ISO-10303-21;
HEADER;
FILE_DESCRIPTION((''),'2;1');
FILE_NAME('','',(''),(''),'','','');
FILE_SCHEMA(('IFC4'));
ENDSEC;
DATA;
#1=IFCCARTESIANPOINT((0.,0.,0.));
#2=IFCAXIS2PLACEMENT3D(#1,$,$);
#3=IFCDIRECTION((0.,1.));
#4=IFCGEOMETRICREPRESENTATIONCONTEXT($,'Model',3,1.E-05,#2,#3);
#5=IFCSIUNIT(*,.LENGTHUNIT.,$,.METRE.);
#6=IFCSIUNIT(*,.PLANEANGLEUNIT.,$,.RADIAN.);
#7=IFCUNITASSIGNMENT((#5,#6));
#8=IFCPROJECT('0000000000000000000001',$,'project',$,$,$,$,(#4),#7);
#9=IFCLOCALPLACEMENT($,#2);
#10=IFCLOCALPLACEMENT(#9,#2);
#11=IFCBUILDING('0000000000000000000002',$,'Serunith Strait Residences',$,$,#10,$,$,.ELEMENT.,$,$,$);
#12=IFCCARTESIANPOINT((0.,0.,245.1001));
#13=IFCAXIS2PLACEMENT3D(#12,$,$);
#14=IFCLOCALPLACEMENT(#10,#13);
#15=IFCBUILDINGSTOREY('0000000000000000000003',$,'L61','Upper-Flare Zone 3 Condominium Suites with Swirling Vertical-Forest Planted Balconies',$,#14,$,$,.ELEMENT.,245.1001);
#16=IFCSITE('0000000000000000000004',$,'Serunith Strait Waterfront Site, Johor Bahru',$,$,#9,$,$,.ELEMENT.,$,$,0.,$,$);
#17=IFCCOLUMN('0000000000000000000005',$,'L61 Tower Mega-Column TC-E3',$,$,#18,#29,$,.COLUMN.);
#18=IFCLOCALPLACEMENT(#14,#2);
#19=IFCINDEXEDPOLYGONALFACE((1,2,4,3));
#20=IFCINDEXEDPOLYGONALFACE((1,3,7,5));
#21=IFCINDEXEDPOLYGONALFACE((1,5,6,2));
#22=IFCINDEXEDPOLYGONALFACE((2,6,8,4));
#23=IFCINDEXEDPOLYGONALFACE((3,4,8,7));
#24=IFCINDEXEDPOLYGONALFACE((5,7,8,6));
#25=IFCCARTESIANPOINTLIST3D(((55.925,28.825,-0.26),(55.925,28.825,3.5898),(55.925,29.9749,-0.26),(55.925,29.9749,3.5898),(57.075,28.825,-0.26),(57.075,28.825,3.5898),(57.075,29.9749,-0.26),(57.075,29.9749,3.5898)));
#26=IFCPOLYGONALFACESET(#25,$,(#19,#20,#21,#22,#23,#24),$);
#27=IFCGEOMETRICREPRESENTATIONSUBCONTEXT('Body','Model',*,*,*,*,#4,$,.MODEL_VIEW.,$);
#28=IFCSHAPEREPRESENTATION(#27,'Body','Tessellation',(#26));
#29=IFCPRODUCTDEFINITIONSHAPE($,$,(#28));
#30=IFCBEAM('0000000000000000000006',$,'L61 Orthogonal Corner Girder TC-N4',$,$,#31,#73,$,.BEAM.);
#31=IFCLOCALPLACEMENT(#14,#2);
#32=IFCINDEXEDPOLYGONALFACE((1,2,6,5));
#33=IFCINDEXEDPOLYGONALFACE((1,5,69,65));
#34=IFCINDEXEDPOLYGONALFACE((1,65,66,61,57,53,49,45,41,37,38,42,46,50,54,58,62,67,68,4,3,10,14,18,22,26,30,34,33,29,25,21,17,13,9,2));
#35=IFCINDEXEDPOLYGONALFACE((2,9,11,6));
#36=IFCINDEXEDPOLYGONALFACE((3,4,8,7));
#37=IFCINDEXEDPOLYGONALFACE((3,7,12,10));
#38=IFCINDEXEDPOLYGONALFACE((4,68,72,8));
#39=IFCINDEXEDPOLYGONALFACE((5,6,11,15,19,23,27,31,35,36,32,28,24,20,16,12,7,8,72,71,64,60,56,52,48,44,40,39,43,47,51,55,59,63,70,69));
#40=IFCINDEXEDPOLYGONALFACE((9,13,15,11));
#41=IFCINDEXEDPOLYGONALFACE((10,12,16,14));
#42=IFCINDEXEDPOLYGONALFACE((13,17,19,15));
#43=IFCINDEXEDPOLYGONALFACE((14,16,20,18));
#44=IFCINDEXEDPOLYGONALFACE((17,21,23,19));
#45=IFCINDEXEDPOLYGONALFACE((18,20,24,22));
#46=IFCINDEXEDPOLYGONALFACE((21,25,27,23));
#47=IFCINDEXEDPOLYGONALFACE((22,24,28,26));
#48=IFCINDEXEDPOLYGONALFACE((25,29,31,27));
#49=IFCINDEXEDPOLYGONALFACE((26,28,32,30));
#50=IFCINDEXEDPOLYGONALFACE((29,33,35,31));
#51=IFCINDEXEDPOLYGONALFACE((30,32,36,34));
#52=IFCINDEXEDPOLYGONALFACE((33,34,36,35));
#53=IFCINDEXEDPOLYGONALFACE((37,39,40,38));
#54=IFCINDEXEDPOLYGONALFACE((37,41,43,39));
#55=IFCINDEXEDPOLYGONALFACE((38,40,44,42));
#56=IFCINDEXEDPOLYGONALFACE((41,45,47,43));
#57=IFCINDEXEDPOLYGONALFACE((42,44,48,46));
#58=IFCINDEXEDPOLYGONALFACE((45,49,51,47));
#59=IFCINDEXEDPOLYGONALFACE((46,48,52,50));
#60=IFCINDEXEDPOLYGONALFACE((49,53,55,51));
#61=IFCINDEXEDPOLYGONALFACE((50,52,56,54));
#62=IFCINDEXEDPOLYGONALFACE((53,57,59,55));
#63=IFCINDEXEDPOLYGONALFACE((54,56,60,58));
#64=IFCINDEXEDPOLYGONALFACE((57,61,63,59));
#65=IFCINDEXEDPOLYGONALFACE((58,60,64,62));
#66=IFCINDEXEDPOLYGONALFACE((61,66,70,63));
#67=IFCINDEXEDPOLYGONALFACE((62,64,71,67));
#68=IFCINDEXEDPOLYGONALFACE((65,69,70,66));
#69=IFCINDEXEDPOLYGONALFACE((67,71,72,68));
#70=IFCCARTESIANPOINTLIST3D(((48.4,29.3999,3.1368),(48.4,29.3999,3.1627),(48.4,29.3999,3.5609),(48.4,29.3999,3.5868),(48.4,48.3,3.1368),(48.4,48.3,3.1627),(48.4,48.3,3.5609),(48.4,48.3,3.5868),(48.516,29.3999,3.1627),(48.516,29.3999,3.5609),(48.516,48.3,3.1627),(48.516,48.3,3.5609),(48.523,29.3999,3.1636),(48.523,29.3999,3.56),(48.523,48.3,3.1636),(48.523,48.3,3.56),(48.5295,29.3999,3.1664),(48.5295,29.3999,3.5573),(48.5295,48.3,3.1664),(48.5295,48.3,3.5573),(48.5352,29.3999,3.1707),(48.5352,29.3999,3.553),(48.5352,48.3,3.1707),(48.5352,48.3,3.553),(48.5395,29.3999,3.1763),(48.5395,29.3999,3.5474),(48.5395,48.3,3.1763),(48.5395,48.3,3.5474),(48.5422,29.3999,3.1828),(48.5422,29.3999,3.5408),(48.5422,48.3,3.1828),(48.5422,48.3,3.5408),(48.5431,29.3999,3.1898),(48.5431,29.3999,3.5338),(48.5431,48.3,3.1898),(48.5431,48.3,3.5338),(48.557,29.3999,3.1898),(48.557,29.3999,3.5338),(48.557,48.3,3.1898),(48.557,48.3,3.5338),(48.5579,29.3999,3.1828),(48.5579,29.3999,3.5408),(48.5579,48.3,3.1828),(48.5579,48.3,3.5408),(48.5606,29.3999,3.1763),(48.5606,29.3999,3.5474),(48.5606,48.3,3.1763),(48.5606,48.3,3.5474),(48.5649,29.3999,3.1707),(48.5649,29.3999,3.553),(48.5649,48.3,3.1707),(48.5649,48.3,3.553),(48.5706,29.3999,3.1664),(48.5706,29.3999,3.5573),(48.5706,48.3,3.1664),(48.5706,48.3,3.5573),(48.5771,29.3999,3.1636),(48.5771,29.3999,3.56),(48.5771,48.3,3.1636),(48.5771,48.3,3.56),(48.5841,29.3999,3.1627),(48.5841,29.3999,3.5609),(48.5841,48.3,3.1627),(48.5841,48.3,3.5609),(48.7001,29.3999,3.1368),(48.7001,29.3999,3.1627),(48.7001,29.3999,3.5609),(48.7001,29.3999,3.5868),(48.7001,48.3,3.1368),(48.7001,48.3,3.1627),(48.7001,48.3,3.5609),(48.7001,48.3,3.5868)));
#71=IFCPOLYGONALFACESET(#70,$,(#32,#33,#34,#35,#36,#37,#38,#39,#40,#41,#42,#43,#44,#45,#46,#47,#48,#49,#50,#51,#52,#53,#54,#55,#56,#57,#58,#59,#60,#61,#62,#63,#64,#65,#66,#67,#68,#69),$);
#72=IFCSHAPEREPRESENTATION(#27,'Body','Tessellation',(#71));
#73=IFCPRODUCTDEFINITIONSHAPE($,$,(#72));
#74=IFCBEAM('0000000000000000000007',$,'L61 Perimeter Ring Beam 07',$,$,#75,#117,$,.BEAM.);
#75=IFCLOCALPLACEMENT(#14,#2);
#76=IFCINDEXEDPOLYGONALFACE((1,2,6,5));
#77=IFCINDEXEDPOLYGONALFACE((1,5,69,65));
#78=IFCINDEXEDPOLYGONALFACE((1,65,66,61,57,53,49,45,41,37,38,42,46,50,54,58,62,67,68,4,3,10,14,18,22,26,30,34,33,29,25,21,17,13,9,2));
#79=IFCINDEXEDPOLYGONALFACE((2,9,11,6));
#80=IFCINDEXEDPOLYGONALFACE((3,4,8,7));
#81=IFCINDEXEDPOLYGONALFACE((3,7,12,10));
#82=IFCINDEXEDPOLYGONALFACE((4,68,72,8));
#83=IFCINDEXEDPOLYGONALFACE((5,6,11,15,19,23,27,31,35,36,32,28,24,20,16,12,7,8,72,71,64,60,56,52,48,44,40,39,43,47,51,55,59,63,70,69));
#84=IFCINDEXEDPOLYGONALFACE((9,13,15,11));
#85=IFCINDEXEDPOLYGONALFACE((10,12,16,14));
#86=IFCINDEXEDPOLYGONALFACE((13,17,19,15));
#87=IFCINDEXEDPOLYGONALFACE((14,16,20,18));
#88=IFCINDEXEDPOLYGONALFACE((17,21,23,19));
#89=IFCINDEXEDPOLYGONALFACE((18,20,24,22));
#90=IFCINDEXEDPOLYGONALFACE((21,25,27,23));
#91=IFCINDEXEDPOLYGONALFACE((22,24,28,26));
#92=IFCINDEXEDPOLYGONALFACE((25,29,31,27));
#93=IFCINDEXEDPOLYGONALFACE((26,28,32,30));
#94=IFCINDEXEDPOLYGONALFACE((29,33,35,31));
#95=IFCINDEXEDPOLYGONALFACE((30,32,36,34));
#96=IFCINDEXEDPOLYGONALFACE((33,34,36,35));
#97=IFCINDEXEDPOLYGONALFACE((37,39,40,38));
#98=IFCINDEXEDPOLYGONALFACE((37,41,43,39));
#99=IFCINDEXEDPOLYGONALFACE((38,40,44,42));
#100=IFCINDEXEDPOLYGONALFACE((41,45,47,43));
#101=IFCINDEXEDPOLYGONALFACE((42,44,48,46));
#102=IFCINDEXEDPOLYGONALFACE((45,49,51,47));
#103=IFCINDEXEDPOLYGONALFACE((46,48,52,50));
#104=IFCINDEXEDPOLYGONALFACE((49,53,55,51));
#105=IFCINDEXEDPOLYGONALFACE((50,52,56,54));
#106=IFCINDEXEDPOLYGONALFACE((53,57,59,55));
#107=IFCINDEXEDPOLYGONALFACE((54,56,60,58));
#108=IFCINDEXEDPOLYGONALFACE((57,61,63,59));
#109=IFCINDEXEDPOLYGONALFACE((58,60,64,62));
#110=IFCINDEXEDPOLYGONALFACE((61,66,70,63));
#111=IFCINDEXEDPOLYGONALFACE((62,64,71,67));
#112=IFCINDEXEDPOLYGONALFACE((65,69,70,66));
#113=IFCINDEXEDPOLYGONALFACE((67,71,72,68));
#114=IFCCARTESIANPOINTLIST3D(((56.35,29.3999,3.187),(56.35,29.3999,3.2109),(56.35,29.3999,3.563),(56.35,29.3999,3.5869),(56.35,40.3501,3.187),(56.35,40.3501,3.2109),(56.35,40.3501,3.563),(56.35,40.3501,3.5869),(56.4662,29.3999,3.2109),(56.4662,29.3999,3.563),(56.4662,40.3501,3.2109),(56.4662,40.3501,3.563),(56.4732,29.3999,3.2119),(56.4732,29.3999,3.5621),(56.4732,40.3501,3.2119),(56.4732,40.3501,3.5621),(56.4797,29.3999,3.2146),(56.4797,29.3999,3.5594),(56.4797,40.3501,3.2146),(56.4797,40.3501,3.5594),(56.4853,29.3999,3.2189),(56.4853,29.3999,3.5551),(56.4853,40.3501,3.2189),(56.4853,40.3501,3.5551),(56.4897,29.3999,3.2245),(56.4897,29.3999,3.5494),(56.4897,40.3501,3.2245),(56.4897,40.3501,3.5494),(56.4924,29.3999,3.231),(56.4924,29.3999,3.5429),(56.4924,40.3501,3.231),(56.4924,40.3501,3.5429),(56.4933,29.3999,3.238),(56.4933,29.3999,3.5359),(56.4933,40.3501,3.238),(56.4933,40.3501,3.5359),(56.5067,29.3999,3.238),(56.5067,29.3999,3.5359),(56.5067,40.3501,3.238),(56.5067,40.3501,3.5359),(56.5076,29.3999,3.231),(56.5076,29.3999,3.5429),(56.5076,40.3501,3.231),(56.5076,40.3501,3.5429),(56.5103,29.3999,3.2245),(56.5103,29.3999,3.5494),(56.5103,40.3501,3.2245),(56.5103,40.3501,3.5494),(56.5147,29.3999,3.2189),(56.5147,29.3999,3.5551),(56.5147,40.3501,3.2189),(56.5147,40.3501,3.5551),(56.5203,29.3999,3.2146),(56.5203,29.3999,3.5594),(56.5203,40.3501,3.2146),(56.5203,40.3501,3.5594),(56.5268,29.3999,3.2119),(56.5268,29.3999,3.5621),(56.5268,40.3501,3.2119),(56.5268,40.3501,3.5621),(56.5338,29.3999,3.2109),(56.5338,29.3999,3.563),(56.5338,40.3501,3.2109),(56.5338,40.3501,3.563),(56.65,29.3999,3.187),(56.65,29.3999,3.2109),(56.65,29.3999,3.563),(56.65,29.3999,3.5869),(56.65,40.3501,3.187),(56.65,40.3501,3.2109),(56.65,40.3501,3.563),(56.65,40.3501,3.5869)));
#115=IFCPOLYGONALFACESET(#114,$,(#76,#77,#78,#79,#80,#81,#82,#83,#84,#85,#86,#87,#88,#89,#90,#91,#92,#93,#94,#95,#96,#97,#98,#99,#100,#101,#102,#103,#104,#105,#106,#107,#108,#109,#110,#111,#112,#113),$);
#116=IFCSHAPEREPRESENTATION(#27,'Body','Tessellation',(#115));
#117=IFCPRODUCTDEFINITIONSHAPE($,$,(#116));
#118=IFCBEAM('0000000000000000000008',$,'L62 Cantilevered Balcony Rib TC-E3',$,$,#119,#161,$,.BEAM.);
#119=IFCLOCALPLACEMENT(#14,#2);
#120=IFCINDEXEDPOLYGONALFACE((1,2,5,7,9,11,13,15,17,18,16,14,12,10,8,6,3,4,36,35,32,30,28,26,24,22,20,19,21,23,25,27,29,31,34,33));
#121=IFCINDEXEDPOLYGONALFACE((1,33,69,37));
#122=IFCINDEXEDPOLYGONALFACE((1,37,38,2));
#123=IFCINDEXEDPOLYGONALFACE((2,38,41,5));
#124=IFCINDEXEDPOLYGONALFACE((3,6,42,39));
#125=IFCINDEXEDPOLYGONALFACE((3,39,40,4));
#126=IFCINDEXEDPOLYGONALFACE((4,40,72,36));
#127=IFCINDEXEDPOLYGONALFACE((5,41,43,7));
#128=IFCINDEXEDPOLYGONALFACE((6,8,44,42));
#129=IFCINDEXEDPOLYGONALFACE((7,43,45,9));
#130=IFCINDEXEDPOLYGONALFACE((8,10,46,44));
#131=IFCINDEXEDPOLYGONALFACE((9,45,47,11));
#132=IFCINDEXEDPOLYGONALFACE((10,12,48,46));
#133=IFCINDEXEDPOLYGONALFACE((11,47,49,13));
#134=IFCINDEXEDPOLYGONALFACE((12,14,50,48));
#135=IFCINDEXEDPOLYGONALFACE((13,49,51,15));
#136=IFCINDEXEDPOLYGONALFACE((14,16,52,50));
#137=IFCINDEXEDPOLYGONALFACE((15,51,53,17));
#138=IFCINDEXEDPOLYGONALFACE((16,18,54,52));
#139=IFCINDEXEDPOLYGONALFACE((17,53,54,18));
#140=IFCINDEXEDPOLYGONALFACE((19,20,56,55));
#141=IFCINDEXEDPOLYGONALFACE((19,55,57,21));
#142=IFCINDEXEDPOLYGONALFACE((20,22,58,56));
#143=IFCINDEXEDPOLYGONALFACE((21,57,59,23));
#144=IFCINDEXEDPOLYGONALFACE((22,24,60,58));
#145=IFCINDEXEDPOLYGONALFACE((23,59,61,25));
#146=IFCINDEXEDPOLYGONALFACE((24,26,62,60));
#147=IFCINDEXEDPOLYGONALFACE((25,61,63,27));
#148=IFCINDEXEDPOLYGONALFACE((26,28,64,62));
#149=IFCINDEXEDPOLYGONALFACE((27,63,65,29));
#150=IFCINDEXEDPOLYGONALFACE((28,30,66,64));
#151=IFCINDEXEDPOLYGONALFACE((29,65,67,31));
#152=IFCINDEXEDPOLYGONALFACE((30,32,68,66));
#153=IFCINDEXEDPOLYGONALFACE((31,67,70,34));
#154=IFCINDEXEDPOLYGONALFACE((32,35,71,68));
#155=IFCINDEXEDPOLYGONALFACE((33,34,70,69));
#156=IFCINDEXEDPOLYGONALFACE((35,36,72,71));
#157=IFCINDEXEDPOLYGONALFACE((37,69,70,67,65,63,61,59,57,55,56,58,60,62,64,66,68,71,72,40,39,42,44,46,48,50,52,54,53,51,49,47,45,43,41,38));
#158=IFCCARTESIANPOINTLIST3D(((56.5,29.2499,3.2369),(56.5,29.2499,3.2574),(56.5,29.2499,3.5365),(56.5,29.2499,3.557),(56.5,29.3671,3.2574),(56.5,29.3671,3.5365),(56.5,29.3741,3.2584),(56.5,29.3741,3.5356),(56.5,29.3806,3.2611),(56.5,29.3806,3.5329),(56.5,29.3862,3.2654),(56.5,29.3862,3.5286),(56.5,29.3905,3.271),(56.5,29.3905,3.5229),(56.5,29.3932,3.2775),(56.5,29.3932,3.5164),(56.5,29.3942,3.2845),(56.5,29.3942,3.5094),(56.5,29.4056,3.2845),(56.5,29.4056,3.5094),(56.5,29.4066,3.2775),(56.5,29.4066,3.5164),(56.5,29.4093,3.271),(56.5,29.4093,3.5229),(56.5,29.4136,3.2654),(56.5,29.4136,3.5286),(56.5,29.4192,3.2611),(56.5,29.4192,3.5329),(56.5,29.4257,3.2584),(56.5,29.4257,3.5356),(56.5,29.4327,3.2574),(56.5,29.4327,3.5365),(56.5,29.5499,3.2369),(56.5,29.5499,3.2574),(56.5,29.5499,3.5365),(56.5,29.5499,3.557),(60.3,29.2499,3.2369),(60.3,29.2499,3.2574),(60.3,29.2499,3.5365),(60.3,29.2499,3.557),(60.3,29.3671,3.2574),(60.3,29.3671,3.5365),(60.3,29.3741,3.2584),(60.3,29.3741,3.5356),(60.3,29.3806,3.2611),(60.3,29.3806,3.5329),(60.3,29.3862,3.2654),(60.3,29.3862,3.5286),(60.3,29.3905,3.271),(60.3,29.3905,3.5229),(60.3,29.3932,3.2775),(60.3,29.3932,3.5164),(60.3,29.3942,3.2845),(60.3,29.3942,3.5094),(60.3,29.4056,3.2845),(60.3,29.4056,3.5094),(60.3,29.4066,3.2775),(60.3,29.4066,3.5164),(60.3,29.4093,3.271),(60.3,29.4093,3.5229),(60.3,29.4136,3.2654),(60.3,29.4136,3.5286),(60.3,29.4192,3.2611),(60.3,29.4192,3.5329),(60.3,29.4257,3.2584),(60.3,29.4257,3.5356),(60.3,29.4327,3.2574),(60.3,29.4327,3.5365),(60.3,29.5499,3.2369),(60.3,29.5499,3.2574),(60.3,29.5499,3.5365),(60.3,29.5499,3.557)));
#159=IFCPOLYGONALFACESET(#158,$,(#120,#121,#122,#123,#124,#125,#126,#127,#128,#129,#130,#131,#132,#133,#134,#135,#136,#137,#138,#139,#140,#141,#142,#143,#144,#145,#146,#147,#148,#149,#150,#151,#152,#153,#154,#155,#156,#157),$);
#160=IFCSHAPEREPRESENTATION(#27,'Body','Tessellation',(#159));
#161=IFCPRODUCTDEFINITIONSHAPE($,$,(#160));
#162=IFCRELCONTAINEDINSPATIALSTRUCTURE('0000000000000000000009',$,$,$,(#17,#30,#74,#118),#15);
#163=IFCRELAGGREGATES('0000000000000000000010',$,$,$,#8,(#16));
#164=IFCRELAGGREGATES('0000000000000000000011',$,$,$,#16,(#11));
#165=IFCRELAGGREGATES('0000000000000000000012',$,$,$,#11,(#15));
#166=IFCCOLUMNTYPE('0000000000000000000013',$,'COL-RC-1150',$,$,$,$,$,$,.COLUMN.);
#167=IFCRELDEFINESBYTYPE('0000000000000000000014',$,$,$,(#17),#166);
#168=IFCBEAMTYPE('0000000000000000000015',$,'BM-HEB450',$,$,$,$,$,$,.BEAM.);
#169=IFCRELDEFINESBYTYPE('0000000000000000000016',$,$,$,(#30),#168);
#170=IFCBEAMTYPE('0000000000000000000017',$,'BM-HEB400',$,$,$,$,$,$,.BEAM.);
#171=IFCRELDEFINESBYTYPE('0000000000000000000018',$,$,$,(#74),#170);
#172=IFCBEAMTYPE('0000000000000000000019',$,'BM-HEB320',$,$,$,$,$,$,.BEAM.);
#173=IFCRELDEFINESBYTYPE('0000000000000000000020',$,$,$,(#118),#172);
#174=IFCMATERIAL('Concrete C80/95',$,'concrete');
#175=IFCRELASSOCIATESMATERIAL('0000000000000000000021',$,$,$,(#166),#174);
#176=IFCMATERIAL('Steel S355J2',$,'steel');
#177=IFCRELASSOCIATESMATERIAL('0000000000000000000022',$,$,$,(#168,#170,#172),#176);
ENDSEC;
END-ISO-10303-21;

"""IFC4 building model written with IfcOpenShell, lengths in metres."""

from ifc_helpers import new_model, si_unit, direction, frame, origin, origin_2d, place, context, subcontext, project, spatial, rectangle, i_section, extrude, source, transform, mapped, material, material_profile, profile_set, type_object, element, save


model = new_model("IFC4")

# Units and contexts
model_context = context("Model", 3, precision=1e-05, world=origin(), true_north=direction((0.0, 1.0)))
body_context = subcontext(model_context, "Body", "Model", "MODEL_VIEW")
ifc_project = project(units=[si_unit("LENGTHUNIT", "METRE"), si_unit("PLANEANGLEUNIT", "RADIAN")], contexts=[model_context])

# Site, building, storey
site_placement = place(None, origin())
site = spatial("IfcSite", under=ifc_project, at=site_placement, Name="Serunith Strait Waterfront Site, Johor Bahru", CompositionType="ELEMENT", RefElevation=0.0)
building_placement = place(site_placement, origin())
building = spatial("IfcBuilding", under=site, at=building_placement, Name="Serunith Strait Residences", CompositionType="ELEMENT")
storey_placement = place(building_placement, frame((0.0, 0.0, 245.1001)))
storey = spatial("IfcBuildingStorey", under=building, at=storey_placement, Name="L61", Description="Upper-Flare Zone 3 Condominium Suites with Swirling Vertical-Forest Planted Balconies", CompositionType="ELEMENT", Elevation=245.1001)

# Column
ifc_material_1 = material(Name="Concrete C80/95", Category="concrete")
ifc_material_profile_1 = material_profile(ifc_material_1, rectangle(XDim=1.1499, YDim=1.1499, at=origin_2d()), Name="RC 1150x1150")
ifc_profile_set_1 = profile_set([ifc_material_profile_1], Name="Concrete C80/95")
column_type = type_object("IfcColumnType", Name="COL-RC-1150", PredefinedType="COLUMN", material=ifc_profile_set_1)
shared_shape_1 = source(origin(), body_context, "Body", "SweptSolid", [
    extrude(rectangle(XDim=1.1499, YDim=1.1499, at=origin_2d()), origin(), (0.0, 0.0, 1.0), 3.8499),
])
column_placement = place(storey_placement, frame((56.5, 29.3999, -0.26), z_axis=(0.0, 0.0, 1.0), x_axis=(1.0, 0.0, 0.0)))
element("IfcColumn", 1, at=column_placement, inside=storey, type_object=column_type, Name="L61 Tower Mega-Column TC-E3", PredefinedType="COLUMN", context=body_context, shape_type="MappedRepresentation", body=[
    mapped(shared_shape_1, transform((0.0, 0.0, 0.0), scale=1.0)),
])

# Beams
ifc_material_2 = material(Name="Steel S355J2", Category="steel")
ifc_material_profile_2 = material_profile(ifc_material_2, i_section(OverallWidth=0.3, OverallDepth=0.45, WebThickness=0.0139, FlangeThickness=0.0259, FilletRadius=0.0271, at=origin_2d()), Name="HEB 450")
ifc_profile_set_2 = profile_set([ifc_material_profile_2], Name="Steel S355J2")
beam_type_1 = type_object("IfcBeamType", Name="BM-HEB450", PredefinedType="BEAM", material=ifc_profile_set_2)
shared_shape_2 = source(origin(), body_context, "Body", "SweptSolid", [
    extrude(i_section(OverallWidth=0.3, OverallDepth=0.45, WebThickness=0.0139, FlangeThickness=0.0259, FilletRadius=0.0271, at=origin_2d()), origin(), (0.0, 0.0, 1.0), 18.9001),
])
beam_1_placement = place(storey_placement, frame((48.55, 29.3999, 3.3618), z_axis=(0.0, 1.0, 0.0), x_axis=(-1.0, 0.0, 0.0)))
element("IfcBeam", 2, at=beam_1_placement, inside=storey, type_object=beam_type_1, Name="L61 Orthogonal Corner Girder TC-N4", PredefinedType="BEAM", context=body_context, shape_type="MappedRepresentation", body=[
    mapped(shared_shape_2, transform((0.0, 0.0, 0.0), scale=1.0)),
])
ifc_material_profile_3 = material_profile(ifc_material_2, i_section(OverallWidth=0.3, OverallDepth=0.3999, WebThickness=0.0134, FlangeThickness=0.0239, FilletRadius=0.0271, at=origin_2d()), Name="HEB 400")
ifc_profile_set_3 = profile_set([ifc_material_profile_3], Name="Steel S355J2")
beam_type_2 = type_object("IfcBeamType", Name="BM-HEB400", PredefinedType="BEAM", material=ifc_profile_set_3)
shared_shape_3 = source(origin(), body_context, "Body", "SweptSolid", [
    extrude(i_section(OverallWidth=0.3, OverallDepth=0.3999, WebThickness=0.0134, FlangeThickness=0.0239, FilletRadius=0.0271, at=origin_2d()), origin(), (0.0, 0.0, 1.0), 10.9502),
])
beam_2_placement = place(storey_placement, frame((56.5, 29.3999, 3.387), z_axis=(0.0, 1.0, 0.0), x_axis=(-1.0, 0.0, 0.0)))
element("IfcBeam", 3, at=beam_2_placement, inside=storey, type_object=beam_type_2, Name="L61 Perimeter Ring Beam 07", PredefinedType="BEAM", context=body_context, shape_type="MappedRepresentation", body=[
    mapped(shared_shape_3, transform((0.0, 0.0, 0.0), scale=1.0)),
])
ifc_material_profile_4 = material_profile(ifc_material_2, i_section(OverallWidth=0.3, OverallDepth=0.3201, WebThickness=0.0115, FlangeThickness=0.0205, FilletRadius=0.0271, at=origin_2d()), Name="HEB 320")
ifc_profile_set_4 = profile_set([ifc_material_profile_4], Name="Steel S355J2")
beam_type_3 = type_object("IfcBeamType", Name="BM-HEB320", PredefinedType="BEAM", material=ifc_profile_set_4)
shared_shape_4 = source(origin(), body_context, "Body", "SweptSolid", [
    extrude(i_section(OverallWidth=0.3, OverallDepth=0.3201, WebThickness=0.0115, FlangeThickness=0.0205, FilletRadius=0.0271, at=origin_2d()), origin(), (0.0, 0.0, 1.0), 3.8),
])
beam_3_placement = place(storey_placement, frame((56.5, 29.3999, 3.397), z_axis=(1.0, 0.0, 0.0), x_axis=(0.0, 1.0, 0.0)))
element("IfcBeam", 4, at=beam_3_placement, inside=storey, type_object=beam_type_3, Name="L62 Cantilevered Balcony Rib TC-E3", PredefinedType="BEAM", context=body_context, shape_type="MappedRepresentation", body=[
    mapped(shared_shape_4, transform((0.0, 0.0, 0.0), scale=1.0)),
])

save(model, "model.ifc")
